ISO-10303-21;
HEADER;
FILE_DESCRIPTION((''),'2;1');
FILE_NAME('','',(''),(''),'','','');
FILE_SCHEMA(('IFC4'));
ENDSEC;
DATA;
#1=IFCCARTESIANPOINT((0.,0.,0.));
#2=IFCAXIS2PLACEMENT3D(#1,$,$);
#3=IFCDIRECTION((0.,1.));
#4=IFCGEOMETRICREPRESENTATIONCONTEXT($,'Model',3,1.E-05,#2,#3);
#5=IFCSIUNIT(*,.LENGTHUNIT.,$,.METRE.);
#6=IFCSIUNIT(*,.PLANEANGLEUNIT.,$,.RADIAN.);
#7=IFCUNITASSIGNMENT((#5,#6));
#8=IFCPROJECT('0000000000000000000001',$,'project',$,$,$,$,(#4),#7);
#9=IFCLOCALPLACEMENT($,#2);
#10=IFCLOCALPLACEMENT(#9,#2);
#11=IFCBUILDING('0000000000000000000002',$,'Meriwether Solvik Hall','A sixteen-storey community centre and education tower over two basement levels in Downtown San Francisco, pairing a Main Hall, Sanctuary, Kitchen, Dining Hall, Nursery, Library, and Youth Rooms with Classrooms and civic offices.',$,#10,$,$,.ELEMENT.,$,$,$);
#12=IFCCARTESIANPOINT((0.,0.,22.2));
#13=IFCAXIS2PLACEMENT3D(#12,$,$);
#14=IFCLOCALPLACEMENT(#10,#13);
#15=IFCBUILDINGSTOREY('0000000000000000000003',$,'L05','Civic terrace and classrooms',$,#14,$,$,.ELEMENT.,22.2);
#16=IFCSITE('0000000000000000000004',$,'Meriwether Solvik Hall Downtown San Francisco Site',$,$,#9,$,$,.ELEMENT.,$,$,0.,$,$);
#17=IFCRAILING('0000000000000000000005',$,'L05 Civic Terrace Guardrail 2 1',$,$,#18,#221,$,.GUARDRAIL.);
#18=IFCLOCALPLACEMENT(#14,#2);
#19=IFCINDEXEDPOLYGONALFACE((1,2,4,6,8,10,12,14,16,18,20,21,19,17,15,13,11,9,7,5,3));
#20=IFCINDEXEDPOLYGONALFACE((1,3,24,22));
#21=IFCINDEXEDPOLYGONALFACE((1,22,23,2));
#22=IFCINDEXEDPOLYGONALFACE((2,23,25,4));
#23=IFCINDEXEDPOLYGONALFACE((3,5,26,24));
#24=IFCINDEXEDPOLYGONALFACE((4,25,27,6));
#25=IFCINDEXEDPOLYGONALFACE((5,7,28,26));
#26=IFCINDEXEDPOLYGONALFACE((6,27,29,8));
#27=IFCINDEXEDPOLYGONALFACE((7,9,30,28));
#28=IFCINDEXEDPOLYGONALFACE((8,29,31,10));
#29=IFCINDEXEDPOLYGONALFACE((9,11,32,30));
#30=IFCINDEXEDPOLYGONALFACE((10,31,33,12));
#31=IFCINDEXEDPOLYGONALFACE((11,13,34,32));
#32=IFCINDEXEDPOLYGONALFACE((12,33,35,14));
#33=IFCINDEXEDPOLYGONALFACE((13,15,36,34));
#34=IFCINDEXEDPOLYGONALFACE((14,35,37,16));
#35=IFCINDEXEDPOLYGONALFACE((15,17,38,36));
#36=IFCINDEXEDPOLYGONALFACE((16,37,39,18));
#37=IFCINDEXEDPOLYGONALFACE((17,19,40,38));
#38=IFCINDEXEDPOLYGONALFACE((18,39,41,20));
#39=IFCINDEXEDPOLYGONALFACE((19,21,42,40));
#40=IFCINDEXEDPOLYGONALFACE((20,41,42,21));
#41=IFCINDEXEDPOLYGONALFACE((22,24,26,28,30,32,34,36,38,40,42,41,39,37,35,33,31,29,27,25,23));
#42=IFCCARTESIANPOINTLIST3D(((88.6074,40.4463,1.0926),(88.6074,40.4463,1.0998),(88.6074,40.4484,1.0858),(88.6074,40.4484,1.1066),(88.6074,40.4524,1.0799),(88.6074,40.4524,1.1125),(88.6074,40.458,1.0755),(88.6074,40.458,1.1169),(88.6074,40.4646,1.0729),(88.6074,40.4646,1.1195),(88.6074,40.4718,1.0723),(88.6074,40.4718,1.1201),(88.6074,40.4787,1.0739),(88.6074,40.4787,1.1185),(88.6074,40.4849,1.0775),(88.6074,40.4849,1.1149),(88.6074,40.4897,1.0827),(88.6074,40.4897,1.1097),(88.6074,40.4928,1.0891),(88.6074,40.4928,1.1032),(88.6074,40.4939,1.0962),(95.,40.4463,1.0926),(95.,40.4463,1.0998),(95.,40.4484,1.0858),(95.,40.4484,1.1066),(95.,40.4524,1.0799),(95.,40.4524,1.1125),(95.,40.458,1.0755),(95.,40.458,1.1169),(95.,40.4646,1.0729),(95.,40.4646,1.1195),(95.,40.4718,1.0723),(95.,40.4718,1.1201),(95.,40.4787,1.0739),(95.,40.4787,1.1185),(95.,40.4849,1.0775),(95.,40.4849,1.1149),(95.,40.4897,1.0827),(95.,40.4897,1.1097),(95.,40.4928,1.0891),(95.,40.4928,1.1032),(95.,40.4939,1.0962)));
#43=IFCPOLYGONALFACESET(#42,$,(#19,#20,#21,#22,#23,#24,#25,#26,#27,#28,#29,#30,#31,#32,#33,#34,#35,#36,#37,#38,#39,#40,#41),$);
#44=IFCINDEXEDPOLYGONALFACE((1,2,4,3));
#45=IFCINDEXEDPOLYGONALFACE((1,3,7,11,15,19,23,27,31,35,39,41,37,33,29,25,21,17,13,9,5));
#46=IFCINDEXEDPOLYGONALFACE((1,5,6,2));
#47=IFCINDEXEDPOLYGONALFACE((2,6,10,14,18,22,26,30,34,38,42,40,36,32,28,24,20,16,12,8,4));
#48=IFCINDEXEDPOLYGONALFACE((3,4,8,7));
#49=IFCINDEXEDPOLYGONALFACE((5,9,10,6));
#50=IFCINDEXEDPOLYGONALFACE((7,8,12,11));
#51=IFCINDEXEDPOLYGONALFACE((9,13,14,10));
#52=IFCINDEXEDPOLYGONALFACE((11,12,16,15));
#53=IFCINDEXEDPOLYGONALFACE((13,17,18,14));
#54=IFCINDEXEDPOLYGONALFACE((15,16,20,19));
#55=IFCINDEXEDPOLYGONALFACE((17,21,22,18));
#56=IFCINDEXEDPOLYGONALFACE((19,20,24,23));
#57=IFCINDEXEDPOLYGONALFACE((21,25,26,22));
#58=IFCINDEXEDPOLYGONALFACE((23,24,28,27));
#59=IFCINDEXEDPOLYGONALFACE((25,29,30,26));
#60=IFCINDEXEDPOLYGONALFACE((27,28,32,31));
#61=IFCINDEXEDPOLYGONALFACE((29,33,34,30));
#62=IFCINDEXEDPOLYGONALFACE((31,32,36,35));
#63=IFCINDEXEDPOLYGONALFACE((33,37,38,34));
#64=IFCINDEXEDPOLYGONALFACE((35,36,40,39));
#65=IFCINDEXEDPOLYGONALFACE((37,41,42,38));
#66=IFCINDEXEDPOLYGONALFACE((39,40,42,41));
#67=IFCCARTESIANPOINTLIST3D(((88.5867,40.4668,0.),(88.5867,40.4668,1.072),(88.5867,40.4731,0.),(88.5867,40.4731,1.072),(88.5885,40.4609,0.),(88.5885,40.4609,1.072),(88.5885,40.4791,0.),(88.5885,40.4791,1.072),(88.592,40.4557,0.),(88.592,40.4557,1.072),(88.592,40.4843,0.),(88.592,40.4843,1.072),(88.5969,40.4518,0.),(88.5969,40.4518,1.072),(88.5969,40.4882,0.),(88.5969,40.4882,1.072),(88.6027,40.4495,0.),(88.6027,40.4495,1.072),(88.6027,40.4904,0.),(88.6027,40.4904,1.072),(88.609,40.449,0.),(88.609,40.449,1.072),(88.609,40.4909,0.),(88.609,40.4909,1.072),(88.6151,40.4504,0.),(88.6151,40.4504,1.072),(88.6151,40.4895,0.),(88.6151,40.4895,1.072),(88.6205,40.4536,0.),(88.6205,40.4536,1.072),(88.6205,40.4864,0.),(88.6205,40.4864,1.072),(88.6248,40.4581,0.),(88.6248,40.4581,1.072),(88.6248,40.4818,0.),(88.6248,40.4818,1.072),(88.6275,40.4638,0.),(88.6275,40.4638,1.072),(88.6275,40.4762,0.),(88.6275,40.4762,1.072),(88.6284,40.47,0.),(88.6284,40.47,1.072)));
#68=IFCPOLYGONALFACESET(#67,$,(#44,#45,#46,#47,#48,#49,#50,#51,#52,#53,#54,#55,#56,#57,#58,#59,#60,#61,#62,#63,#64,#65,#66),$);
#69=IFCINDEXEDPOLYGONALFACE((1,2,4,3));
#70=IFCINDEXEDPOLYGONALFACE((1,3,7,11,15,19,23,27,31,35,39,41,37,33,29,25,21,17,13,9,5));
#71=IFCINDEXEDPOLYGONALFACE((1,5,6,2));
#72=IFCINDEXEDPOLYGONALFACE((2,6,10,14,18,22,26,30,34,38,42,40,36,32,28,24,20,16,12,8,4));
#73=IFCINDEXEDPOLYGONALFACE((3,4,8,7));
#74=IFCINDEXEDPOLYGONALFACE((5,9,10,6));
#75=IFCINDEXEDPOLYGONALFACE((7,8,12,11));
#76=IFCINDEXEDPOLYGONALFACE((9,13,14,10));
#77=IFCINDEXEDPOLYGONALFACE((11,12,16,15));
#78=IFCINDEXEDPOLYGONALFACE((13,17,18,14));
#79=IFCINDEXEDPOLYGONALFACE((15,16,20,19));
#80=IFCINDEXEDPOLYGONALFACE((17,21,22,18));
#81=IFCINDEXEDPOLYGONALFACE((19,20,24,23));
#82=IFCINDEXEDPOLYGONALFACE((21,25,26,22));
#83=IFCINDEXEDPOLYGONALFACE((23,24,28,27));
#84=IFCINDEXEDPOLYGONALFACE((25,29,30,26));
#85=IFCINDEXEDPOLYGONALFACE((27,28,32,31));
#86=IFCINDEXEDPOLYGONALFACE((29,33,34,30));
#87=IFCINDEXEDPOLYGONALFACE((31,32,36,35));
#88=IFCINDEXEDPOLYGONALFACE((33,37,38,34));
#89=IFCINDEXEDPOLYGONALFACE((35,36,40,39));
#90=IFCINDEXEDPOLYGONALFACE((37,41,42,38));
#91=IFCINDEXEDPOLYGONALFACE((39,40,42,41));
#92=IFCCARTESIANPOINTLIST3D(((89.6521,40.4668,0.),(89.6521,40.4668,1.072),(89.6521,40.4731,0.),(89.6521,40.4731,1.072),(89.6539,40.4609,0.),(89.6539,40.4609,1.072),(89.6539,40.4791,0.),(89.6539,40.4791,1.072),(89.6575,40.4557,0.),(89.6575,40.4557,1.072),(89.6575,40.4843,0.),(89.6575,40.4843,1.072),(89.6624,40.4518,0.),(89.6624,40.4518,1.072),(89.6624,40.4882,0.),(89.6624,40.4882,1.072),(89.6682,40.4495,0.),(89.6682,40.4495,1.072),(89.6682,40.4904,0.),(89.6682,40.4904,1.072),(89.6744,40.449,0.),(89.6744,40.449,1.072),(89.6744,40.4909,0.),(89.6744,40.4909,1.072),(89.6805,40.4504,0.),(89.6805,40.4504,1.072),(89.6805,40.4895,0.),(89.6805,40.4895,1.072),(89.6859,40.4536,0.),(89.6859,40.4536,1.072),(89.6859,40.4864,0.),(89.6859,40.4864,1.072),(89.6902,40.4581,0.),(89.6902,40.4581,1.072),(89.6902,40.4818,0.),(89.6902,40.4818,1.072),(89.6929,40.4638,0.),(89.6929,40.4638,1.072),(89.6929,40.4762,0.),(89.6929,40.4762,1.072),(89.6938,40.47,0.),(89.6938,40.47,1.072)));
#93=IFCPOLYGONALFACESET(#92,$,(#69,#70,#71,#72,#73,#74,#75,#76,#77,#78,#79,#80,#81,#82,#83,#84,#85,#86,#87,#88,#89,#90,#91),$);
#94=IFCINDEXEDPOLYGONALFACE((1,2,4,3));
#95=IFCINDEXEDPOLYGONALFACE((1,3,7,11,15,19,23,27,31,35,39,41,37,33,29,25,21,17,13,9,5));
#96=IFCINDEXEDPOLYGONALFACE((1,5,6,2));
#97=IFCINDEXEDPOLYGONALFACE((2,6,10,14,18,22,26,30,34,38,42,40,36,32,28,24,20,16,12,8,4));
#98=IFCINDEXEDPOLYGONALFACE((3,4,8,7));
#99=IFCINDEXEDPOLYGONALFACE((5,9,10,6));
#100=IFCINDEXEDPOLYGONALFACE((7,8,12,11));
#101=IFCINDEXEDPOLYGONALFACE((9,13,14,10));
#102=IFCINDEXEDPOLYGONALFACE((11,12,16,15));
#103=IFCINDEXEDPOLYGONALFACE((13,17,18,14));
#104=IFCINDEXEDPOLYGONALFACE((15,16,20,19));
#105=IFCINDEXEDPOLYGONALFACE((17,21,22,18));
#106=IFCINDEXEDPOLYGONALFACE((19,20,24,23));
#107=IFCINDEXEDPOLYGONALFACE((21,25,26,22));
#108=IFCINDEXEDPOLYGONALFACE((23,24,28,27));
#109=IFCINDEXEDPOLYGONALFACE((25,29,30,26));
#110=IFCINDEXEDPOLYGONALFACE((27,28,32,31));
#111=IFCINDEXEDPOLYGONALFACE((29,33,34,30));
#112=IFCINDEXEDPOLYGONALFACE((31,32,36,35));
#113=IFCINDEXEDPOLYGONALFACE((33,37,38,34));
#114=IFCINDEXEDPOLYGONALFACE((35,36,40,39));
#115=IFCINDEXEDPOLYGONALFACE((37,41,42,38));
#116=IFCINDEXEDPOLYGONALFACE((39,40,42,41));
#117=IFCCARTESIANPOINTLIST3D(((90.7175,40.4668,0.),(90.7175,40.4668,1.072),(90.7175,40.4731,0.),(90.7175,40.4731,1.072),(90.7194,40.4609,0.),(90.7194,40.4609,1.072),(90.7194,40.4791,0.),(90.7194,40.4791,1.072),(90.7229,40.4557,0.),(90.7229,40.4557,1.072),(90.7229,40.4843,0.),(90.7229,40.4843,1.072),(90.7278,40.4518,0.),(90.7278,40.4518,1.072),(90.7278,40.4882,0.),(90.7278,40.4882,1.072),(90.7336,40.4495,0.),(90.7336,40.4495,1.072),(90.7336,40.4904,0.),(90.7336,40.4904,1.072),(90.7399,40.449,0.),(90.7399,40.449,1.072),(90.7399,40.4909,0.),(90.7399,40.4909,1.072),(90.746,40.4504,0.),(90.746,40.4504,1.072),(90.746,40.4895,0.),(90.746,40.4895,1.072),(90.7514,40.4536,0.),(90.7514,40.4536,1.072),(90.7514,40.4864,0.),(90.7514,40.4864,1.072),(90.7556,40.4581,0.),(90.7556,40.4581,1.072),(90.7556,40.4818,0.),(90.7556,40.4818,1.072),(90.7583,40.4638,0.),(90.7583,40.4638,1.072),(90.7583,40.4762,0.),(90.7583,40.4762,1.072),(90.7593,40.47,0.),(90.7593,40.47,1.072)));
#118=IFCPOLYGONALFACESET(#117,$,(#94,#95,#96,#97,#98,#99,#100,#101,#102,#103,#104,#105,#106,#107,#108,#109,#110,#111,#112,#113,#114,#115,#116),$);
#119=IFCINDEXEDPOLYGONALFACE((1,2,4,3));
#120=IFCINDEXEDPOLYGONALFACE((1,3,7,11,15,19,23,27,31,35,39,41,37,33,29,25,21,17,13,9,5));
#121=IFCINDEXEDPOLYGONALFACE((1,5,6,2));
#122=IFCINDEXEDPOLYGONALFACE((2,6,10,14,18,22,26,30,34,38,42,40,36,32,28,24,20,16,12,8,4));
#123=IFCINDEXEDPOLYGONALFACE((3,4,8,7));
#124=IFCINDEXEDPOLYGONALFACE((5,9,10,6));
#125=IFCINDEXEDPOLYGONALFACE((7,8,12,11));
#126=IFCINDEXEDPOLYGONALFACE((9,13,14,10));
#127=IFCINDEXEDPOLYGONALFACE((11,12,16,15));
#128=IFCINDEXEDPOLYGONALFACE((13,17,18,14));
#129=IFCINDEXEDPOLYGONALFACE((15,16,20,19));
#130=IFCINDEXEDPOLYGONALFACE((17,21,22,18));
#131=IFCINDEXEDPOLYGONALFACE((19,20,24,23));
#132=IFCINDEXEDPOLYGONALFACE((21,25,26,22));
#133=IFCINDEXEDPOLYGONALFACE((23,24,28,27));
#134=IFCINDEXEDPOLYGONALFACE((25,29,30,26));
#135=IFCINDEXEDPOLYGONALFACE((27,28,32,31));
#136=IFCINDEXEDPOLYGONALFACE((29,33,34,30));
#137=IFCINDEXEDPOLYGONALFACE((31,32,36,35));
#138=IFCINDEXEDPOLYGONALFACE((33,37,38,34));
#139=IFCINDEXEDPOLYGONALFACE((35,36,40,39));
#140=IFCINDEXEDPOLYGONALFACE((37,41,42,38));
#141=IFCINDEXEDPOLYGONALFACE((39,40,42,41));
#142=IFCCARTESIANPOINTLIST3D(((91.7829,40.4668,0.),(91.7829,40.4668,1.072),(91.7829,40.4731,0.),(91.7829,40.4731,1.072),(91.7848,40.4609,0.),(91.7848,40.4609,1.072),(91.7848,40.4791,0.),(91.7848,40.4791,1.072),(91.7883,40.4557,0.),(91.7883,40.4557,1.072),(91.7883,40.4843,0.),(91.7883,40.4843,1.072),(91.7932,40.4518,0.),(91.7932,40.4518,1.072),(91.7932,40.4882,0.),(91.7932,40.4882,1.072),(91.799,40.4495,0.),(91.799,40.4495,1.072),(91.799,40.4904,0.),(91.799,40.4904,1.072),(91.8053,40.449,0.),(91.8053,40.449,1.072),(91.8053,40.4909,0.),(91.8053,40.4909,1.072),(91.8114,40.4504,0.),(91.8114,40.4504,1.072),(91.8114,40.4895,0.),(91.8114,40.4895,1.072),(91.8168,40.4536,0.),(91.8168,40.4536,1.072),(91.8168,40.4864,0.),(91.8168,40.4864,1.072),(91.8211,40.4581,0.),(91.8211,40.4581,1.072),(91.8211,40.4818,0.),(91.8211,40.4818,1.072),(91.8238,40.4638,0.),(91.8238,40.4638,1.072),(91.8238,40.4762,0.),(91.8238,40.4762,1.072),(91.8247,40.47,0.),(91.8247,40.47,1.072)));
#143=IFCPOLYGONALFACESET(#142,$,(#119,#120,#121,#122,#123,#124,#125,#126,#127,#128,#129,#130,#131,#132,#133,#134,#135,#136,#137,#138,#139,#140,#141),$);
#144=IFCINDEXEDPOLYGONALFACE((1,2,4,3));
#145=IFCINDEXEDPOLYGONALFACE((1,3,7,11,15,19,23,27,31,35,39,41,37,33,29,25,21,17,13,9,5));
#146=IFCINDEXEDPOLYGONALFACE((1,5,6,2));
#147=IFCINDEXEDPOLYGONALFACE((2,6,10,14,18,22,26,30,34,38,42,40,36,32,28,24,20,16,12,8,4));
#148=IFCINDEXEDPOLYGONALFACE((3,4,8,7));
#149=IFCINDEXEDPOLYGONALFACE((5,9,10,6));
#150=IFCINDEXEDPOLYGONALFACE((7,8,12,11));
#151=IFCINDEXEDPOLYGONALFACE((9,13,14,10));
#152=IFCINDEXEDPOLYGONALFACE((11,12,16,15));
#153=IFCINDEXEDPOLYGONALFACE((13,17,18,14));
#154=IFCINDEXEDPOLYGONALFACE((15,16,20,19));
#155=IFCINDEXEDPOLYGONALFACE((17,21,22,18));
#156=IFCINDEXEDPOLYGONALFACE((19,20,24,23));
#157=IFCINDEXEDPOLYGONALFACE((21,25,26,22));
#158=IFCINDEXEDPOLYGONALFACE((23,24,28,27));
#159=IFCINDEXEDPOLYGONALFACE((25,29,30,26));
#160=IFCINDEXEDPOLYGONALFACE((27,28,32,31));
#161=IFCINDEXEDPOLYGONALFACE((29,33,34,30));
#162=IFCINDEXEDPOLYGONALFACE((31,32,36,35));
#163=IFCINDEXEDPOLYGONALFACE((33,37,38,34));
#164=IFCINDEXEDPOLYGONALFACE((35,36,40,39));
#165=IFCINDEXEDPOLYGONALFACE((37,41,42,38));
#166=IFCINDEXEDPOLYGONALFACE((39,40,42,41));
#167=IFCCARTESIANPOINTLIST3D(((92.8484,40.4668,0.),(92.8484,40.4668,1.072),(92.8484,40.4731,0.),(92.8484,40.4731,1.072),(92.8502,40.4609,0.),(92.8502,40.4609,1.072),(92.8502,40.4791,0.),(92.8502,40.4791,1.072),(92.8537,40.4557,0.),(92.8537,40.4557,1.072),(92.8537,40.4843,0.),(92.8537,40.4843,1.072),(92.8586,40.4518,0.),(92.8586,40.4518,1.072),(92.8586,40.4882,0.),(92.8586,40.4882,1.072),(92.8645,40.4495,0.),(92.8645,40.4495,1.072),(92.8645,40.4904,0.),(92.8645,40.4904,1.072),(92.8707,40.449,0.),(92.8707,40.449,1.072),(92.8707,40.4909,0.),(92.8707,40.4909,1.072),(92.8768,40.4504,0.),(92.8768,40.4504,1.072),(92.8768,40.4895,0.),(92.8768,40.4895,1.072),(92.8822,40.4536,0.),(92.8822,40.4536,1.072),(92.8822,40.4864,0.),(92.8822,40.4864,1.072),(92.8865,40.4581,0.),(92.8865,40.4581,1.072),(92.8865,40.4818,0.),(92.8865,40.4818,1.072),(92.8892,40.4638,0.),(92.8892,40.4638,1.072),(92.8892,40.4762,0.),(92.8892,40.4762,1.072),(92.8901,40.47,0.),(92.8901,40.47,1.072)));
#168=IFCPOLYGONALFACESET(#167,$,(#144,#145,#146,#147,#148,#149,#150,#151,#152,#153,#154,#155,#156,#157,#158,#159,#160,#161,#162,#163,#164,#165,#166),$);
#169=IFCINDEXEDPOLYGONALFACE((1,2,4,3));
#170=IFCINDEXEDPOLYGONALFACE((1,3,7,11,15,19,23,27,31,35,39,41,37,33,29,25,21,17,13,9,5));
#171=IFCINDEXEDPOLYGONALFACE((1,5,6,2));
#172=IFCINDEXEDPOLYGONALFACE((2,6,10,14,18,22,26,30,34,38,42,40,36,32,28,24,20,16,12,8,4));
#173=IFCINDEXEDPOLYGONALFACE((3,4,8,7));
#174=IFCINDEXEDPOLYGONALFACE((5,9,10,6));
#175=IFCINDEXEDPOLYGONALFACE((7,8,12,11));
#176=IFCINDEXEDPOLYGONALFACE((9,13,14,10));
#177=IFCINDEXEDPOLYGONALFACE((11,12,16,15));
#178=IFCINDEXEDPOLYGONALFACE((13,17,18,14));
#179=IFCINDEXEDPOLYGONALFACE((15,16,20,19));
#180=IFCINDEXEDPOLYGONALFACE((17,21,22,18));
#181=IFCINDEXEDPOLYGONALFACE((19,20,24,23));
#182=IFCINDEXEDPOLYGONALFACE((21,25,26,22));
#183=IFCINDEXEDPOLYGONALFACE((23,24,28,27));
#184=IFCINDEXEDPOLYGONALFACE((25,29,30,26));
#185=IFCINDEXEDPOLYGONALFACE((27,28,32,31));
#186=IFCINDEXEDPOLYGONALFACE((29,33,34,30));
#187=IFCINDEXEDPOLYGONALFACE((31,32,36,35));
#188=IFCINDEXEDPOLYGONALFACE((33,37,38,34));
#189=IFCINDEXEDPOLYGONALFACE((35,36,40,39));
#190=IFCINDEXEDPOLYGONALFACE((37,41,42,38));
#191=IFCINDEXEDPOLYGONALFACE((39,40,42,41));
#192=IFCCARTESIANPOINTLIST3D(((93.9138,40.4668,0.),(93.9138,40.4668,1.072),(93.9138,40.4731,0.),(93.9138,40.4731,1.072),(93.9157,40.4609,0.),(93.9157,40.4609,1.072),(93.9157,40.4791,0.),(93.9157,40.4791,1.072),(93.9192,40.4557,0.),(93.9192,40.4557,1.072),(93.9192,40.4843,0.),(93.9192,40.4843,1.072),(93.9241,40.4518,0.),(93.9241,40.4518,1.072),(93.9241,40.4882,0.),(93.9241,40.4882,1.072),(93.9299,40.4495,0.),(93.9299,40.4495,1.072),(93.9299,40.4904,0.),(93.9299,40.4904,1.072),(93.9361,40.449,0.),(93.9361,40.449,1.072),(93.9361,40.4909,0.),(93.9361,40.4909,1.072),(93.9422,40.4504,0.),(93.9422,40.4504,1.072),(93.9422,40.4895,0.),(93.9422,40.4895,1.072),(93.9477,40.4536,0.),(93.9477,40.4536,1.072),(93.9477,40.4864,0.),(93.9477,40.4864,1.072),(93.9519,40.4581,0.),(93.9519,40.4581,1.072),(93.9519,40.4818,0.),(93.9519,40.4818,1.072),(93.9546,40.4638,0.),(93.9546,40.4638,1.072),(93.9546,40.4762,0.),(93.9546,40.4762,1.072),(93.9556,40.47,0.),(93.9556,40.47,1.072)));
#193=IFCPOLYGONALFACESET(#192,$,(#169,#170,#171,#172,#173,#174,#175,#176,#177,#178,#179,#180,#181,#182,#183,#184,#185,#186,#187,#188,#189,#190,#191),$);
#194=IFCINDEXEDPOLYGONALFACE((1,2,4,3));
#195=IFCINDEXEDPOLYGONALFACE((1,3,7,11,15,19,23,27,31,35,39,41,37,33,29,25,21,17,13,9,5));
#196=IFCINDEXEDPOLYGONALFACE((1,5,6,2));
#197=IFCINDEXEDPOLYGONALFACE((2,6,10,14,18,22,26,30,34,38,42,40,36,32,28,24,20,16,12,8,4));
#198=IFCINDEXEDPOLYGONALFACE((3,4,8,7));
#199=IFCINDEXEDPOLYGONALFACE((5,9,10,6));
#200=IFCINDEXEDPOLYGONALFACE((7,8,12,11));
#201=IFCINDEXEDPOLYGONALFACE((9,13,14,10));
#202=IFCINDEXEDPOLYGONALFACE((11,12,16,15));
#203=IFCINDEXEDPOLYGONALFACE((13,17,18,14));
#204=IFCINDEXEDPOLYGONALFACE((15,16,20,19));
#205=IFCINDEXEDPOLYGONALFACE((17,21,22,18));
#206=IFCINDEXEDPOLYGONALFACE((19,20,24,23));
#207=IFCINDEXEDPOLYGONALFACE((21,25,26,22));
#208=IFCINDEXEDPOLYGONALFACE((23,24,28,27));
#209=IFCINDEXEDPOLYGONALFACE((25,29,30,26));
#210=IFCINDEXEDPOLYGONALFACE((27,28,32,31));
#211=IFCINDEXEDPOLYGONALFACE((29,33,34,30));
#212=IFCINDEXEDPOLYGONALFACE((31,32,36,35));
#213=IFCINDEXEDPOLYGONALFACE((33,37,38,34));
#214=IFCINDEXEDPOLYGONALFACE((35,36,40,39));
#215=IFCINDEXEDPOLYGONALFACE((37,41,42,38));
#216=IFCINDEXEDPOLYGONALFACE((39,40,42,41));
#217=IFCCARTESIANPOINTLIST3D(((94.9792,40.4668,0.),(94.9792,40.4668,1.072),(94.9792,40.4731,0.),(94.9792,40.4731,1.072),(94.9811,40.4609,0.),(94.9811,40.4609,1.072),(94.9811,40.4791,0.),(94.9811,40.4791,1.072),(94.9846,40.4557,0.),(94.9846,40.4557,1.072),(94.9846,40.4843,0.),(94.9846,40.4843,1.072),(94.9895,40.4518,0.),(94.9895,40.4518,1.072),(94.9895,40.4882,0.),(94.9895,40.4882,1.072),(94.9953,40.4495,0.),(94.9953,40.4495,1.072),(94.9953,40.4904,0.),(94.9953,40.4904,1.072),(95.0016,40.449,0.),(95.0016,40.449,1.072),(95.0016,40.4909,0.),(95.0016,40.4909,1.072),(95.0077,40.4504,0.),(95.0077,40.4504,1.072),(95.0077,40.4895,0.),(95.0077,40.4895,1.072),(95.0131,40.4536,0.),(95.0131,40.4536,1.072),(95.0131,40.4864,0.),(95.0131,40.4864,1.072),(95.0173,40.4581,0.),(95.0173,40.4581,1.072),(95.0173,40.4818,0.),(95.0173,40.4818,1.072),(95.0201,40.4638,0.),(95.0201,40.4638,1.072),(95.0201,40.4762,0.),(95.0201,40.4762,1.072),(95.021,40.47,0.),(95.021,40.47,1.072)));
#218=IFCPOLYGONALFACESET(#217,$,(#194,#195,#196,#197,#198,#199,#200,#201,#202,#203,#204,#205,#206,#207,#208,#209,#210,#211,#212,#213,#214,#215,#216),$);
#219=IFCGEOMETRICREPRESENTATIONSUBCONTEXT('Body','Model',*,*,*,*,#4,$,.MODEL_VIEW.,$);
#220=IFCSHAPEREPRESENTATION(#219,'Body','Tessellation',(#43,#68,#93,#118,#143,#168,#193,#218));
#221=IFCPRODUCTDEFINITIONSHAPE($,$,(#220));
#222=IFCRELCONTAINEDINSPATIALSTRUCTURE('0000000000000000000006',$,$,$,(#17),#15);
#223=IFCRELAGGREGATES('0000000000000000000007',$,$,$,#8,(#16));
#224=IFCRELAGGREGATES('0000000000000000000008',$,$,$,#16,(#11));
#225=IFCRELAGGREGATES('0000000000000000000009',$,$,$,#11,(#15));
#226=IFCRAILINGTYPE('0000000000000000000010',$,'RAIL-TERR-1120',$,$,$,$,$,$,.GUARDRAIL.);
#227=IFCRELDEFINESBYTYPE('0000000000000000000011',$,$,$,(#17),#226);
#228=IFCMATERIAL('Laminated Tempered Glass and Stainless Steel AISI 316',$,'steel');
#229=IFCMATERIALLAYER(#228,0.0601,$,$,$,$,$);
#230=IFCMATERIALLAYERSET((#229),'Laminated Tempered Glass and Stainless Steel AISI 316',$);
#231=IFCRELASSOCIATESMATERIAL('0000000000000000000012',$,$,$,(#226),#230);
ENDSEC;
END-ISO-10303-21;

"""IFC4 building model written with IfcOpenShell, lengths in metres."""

from ifc_helpers import new_model, si_unit, direction, frame, origin, origin_2d, place, context, subcontext, project, spatial, circle, extrude, material, layer, layer_set, type_object, element, save


model = new_model("IFC4")

# Units and contexts
model_context = context("Model", 3, precision=1e-05, world=origin(), true_north=direction((0.0, 1.0)))
body_context = subcontext(model_context, "Body", "Model", "MODEL_VIEW")
ifc_project = project(units=[si_unit("LENGTHUNIT", "METRE"), si_unit("PLANEANGLEUNIT", "RADIAN")], contexts=[model_context])

# Site, building, storey
site_placement = place(None, origin())
site = spatial("IfcSite", under=ifc_project, at=site_placement, Name="Meriwether Solvik Hall Downtown San Francisco Site", CompositionType="ELEMENT", RefElevation=0.0)
building_placement = place(site_placement, origin())
building = spatial("IfcBuilding", under=site, at=building_placement, Name="Meriwether Solvik Hall", Description="A sixteen-storey community centre and education tower over two basement levels in Downtown San Francisco, pairing a Main Hall, Sanctuary, Kitchen, Dining Hall, Nursery, Library, and Youth Rooms with Classrooms and civic offices.", CompositionType="ELEMENT")
storey_placement = place(building_placement, frame((0.0, 0.0, 22.2)))
storey = spatial("IfcBuildingStorey", under=building, at=storey_placement, Name="L05", Description="Civic terrace and classrooms", CompositionType="ELEMENT", Elevation=22.2)

# Railing
ifc_material_1 = material(Name="Laminated Tempered Glass and Stainless Steel AISI 316", Category="steel")
ifc_layer_1 = layer(ifc_material_1, 0.0601)
ifc_layer_set_1 = layer_set([ifc_layer_1], Name="Laminated Tempered Glass and Stainless Steel AISI 316")
railing_type = type_object("IfcRailingType", Name="RAIL-TERR-1120", PredefinedType="GUARDRAIL", material=ifc_layer_set_1)
railing_1_placement = place(storey_placement, frame((88.6074, 40.47, 0.0)))
element("IfcRailing", 1, at=railing_1_placement, inside=storey, type_object=railing_type, Name="L05 Civic Terrace Guardrail 2 1", PredefinedType="GUARDRAIL", context=body_context, shape_type="SweptSolid", body=[
    extrude(circle(Radius=0.0239, at=origin_2d()), frame((0.0, 0.0, 1.0962), z_axis=(1.0, 0.0, 0.0), x_axis=(0.0, 1.0, 0.0)), (0.0, 0.0, 1.0), 6.3926),
    extrude(circle(Radius=0.021, at=origin_2d()), origin(), (0.0, 0.0, 1.0), 1.072),
    extrude(circle(Radius=0.021, at=origin_2d()), frame((1.0654, 0.0, 0.0)), (0.0, 0.0, 1.0), 1.072),
    extrude(circle(Radius=0.021, at=origin_2d()), frame((2.1309, 0.0, 0.0)), (0.0, 0.0, 1.0), 1.072),
    extrude(circle(Radius=0.021, at=origin_2d()), frame((3.1963, 0.0, 0.0)), (0.0, 0.0, 1.0), 1.072),
    extrude(circle(Radius=0.021, at=origin_2d()), frame((4.2617, 0.0, 0.0)), (0.0, 0.0, 1.0), 1.072),
    extrude(circle(Radius=0.021, at=origin_2d()), frame((5.3271, 0.0, 0.0)), (0.0, 0.0, 1.0), 1.072),
    extrude(circle(Radius=0.021, at=origin_2d()), frame((6.3926, 0.0, 0.0)), (0.0, 0.0, 1.0), 1.072),
])

save(model, "model.ifc")
